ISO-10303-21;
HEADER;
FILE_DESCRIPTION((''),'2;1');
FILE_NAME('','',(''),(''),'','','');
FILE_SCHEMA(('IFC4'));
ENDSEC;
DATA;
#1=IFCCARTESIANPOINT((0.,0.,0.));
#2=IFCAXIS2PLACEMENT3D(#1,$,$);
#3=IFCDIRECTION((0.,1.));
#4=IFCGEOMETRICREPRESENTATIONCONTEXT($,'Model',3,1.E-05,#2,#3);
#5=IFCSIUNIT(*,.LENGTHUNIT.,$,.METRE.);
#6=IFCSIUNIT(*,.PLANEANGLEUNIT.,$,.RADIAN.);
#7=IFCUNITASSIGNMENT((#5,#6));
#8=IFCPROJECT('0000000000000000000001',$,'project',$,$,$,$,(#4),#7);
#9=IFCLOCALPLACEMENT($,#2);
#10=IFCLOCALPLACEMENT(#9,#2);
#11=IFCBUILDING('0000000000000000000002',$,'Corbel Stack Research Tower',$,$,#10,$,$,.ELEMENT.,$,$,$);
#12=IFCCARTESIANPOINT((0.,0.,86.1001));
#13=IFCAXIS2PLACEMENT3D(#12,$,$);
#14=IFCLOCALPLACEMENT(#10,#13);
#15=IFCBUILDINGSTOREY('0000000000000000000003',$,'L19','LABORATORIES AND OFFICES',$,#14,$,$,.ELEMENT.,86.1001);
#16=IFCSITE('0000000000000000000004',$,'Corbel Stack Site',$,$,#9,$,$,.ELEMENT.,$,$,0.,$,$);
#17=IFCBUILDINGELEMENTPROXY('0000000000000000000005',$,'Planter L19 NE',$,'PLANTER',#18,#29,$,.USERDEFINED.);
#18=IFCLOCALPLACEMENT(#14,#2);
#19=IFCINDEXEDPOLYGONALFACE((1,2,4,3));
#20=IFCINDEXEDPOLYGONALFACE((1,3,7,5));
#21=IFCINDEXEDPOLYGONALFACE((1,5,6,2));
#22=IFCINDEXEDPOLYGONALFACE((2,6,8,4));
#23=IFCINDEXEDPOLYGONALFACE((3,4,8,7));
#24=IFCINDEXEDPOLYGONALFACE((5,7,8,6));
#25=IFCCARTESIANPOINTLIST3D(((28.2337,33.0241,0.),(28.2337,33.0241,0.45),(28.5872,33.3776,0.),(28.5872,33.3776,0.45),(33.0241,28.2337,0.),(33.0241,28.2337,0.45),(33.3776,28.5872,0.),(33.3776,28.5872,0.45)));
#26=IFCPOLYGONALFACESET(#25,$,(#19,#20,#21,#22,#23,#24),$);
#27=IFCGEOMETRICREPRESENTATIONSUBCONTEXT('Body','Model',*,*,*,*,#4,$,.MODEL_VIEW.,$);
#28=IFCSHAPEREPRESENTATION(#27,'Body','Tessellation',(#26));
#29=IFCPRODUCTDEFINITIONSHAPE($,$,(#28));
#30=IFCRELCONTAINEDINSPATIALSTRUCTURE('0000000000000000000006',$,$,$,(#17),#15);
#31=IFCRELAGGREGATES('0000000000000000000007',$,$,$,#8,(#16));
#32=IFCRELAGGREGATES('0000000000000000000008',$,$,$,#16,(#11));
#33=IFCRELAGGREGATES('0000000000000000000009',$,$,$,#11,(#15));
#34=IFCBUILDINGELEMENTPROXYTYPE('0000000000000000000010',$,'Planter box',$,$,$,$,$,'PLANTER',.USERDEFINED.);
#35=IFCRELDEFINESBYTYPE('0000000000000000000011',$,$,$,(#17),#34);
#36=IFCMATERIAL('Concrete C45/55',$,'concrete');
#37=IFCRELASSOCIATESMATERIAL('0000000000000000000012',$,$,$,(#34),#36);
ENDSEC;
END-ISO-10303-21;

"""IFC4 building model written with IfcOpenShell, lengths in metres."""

from ifc_helpers import new_model, si_unit, direction, frame, origin, origin_2d, place, context, subcontext, project, spatial, rectangle, extrude, material, type_object, element, save


model = new_model("IFC4")

# Units and contexts
model_context = context("Model", 3, precision=1e-05, world=origin(), true_north=direction((0.0, 1.0)))
body_context = subcontext(model_context, "Body", "Model", "MODEL_VIEW")
ifc_project = project(units=[si_unit("LENGTHUNIT", "METRE"), si_unit("PLANEANGLEUNIT", "RADIAN")], contexts=[model_context])

# Site, building, storey
site_placement = place(None, origin())
site = spatial("IfcSite", under=ifc_project, at=site_placement, Name="Corbel Stack Site", CompositionType="ELEMENT", RefElevation=0.0)
building_placement = place(site_placement, origin())
building = spatial("IfcBuilding", under=site, at=building_placement, Name="Corbel Stack Research Tower", CompositionType="ELEMENT")
storey_placement = place(building_placement, frame((0.0, 0.0, 86.1001)))
storey = spatial("IfcBuildingStorey", under=building, at=storey_placement, Name="L19", Description="LABORATORIES AND OFFICES", CompositionType="ELEMENT", Elevation=86.1001)

# Building element proxy
ifc_material_1 = material(Name="Concrete C45/55", Category="concrete")
building_element_proxy_type = type_object("IfcBuildingElementProxyType", Name="Planter box", ElementType="PLANTER", PredefinedType="USERDEFINED", material=ifc_material_1)
proxy_placement = place(storey_placement, frame((30.8057, 30.8057, 0.0), z_axis=(0.0, 0.0, 1.0), x_axis=(-0.707107, 0.707107, 0.0)))
element("IfcBuildingElementProxy", 1, at=proxy_placement, inside=storey, type_object=building_element_proxy_type, Name="Planter L19 NE", ObjectType="PLANTER", PredefinedType="USERDEFINED", context=body_context, shape_type="SweptSolid", body=[
    extrude(rectangle(XDim=6.7747, YDim=0.5, at=origin_2d()), origin(), (0.0, 0.0, 1.0), 0.45),
])

save(model, "model.ifc")
